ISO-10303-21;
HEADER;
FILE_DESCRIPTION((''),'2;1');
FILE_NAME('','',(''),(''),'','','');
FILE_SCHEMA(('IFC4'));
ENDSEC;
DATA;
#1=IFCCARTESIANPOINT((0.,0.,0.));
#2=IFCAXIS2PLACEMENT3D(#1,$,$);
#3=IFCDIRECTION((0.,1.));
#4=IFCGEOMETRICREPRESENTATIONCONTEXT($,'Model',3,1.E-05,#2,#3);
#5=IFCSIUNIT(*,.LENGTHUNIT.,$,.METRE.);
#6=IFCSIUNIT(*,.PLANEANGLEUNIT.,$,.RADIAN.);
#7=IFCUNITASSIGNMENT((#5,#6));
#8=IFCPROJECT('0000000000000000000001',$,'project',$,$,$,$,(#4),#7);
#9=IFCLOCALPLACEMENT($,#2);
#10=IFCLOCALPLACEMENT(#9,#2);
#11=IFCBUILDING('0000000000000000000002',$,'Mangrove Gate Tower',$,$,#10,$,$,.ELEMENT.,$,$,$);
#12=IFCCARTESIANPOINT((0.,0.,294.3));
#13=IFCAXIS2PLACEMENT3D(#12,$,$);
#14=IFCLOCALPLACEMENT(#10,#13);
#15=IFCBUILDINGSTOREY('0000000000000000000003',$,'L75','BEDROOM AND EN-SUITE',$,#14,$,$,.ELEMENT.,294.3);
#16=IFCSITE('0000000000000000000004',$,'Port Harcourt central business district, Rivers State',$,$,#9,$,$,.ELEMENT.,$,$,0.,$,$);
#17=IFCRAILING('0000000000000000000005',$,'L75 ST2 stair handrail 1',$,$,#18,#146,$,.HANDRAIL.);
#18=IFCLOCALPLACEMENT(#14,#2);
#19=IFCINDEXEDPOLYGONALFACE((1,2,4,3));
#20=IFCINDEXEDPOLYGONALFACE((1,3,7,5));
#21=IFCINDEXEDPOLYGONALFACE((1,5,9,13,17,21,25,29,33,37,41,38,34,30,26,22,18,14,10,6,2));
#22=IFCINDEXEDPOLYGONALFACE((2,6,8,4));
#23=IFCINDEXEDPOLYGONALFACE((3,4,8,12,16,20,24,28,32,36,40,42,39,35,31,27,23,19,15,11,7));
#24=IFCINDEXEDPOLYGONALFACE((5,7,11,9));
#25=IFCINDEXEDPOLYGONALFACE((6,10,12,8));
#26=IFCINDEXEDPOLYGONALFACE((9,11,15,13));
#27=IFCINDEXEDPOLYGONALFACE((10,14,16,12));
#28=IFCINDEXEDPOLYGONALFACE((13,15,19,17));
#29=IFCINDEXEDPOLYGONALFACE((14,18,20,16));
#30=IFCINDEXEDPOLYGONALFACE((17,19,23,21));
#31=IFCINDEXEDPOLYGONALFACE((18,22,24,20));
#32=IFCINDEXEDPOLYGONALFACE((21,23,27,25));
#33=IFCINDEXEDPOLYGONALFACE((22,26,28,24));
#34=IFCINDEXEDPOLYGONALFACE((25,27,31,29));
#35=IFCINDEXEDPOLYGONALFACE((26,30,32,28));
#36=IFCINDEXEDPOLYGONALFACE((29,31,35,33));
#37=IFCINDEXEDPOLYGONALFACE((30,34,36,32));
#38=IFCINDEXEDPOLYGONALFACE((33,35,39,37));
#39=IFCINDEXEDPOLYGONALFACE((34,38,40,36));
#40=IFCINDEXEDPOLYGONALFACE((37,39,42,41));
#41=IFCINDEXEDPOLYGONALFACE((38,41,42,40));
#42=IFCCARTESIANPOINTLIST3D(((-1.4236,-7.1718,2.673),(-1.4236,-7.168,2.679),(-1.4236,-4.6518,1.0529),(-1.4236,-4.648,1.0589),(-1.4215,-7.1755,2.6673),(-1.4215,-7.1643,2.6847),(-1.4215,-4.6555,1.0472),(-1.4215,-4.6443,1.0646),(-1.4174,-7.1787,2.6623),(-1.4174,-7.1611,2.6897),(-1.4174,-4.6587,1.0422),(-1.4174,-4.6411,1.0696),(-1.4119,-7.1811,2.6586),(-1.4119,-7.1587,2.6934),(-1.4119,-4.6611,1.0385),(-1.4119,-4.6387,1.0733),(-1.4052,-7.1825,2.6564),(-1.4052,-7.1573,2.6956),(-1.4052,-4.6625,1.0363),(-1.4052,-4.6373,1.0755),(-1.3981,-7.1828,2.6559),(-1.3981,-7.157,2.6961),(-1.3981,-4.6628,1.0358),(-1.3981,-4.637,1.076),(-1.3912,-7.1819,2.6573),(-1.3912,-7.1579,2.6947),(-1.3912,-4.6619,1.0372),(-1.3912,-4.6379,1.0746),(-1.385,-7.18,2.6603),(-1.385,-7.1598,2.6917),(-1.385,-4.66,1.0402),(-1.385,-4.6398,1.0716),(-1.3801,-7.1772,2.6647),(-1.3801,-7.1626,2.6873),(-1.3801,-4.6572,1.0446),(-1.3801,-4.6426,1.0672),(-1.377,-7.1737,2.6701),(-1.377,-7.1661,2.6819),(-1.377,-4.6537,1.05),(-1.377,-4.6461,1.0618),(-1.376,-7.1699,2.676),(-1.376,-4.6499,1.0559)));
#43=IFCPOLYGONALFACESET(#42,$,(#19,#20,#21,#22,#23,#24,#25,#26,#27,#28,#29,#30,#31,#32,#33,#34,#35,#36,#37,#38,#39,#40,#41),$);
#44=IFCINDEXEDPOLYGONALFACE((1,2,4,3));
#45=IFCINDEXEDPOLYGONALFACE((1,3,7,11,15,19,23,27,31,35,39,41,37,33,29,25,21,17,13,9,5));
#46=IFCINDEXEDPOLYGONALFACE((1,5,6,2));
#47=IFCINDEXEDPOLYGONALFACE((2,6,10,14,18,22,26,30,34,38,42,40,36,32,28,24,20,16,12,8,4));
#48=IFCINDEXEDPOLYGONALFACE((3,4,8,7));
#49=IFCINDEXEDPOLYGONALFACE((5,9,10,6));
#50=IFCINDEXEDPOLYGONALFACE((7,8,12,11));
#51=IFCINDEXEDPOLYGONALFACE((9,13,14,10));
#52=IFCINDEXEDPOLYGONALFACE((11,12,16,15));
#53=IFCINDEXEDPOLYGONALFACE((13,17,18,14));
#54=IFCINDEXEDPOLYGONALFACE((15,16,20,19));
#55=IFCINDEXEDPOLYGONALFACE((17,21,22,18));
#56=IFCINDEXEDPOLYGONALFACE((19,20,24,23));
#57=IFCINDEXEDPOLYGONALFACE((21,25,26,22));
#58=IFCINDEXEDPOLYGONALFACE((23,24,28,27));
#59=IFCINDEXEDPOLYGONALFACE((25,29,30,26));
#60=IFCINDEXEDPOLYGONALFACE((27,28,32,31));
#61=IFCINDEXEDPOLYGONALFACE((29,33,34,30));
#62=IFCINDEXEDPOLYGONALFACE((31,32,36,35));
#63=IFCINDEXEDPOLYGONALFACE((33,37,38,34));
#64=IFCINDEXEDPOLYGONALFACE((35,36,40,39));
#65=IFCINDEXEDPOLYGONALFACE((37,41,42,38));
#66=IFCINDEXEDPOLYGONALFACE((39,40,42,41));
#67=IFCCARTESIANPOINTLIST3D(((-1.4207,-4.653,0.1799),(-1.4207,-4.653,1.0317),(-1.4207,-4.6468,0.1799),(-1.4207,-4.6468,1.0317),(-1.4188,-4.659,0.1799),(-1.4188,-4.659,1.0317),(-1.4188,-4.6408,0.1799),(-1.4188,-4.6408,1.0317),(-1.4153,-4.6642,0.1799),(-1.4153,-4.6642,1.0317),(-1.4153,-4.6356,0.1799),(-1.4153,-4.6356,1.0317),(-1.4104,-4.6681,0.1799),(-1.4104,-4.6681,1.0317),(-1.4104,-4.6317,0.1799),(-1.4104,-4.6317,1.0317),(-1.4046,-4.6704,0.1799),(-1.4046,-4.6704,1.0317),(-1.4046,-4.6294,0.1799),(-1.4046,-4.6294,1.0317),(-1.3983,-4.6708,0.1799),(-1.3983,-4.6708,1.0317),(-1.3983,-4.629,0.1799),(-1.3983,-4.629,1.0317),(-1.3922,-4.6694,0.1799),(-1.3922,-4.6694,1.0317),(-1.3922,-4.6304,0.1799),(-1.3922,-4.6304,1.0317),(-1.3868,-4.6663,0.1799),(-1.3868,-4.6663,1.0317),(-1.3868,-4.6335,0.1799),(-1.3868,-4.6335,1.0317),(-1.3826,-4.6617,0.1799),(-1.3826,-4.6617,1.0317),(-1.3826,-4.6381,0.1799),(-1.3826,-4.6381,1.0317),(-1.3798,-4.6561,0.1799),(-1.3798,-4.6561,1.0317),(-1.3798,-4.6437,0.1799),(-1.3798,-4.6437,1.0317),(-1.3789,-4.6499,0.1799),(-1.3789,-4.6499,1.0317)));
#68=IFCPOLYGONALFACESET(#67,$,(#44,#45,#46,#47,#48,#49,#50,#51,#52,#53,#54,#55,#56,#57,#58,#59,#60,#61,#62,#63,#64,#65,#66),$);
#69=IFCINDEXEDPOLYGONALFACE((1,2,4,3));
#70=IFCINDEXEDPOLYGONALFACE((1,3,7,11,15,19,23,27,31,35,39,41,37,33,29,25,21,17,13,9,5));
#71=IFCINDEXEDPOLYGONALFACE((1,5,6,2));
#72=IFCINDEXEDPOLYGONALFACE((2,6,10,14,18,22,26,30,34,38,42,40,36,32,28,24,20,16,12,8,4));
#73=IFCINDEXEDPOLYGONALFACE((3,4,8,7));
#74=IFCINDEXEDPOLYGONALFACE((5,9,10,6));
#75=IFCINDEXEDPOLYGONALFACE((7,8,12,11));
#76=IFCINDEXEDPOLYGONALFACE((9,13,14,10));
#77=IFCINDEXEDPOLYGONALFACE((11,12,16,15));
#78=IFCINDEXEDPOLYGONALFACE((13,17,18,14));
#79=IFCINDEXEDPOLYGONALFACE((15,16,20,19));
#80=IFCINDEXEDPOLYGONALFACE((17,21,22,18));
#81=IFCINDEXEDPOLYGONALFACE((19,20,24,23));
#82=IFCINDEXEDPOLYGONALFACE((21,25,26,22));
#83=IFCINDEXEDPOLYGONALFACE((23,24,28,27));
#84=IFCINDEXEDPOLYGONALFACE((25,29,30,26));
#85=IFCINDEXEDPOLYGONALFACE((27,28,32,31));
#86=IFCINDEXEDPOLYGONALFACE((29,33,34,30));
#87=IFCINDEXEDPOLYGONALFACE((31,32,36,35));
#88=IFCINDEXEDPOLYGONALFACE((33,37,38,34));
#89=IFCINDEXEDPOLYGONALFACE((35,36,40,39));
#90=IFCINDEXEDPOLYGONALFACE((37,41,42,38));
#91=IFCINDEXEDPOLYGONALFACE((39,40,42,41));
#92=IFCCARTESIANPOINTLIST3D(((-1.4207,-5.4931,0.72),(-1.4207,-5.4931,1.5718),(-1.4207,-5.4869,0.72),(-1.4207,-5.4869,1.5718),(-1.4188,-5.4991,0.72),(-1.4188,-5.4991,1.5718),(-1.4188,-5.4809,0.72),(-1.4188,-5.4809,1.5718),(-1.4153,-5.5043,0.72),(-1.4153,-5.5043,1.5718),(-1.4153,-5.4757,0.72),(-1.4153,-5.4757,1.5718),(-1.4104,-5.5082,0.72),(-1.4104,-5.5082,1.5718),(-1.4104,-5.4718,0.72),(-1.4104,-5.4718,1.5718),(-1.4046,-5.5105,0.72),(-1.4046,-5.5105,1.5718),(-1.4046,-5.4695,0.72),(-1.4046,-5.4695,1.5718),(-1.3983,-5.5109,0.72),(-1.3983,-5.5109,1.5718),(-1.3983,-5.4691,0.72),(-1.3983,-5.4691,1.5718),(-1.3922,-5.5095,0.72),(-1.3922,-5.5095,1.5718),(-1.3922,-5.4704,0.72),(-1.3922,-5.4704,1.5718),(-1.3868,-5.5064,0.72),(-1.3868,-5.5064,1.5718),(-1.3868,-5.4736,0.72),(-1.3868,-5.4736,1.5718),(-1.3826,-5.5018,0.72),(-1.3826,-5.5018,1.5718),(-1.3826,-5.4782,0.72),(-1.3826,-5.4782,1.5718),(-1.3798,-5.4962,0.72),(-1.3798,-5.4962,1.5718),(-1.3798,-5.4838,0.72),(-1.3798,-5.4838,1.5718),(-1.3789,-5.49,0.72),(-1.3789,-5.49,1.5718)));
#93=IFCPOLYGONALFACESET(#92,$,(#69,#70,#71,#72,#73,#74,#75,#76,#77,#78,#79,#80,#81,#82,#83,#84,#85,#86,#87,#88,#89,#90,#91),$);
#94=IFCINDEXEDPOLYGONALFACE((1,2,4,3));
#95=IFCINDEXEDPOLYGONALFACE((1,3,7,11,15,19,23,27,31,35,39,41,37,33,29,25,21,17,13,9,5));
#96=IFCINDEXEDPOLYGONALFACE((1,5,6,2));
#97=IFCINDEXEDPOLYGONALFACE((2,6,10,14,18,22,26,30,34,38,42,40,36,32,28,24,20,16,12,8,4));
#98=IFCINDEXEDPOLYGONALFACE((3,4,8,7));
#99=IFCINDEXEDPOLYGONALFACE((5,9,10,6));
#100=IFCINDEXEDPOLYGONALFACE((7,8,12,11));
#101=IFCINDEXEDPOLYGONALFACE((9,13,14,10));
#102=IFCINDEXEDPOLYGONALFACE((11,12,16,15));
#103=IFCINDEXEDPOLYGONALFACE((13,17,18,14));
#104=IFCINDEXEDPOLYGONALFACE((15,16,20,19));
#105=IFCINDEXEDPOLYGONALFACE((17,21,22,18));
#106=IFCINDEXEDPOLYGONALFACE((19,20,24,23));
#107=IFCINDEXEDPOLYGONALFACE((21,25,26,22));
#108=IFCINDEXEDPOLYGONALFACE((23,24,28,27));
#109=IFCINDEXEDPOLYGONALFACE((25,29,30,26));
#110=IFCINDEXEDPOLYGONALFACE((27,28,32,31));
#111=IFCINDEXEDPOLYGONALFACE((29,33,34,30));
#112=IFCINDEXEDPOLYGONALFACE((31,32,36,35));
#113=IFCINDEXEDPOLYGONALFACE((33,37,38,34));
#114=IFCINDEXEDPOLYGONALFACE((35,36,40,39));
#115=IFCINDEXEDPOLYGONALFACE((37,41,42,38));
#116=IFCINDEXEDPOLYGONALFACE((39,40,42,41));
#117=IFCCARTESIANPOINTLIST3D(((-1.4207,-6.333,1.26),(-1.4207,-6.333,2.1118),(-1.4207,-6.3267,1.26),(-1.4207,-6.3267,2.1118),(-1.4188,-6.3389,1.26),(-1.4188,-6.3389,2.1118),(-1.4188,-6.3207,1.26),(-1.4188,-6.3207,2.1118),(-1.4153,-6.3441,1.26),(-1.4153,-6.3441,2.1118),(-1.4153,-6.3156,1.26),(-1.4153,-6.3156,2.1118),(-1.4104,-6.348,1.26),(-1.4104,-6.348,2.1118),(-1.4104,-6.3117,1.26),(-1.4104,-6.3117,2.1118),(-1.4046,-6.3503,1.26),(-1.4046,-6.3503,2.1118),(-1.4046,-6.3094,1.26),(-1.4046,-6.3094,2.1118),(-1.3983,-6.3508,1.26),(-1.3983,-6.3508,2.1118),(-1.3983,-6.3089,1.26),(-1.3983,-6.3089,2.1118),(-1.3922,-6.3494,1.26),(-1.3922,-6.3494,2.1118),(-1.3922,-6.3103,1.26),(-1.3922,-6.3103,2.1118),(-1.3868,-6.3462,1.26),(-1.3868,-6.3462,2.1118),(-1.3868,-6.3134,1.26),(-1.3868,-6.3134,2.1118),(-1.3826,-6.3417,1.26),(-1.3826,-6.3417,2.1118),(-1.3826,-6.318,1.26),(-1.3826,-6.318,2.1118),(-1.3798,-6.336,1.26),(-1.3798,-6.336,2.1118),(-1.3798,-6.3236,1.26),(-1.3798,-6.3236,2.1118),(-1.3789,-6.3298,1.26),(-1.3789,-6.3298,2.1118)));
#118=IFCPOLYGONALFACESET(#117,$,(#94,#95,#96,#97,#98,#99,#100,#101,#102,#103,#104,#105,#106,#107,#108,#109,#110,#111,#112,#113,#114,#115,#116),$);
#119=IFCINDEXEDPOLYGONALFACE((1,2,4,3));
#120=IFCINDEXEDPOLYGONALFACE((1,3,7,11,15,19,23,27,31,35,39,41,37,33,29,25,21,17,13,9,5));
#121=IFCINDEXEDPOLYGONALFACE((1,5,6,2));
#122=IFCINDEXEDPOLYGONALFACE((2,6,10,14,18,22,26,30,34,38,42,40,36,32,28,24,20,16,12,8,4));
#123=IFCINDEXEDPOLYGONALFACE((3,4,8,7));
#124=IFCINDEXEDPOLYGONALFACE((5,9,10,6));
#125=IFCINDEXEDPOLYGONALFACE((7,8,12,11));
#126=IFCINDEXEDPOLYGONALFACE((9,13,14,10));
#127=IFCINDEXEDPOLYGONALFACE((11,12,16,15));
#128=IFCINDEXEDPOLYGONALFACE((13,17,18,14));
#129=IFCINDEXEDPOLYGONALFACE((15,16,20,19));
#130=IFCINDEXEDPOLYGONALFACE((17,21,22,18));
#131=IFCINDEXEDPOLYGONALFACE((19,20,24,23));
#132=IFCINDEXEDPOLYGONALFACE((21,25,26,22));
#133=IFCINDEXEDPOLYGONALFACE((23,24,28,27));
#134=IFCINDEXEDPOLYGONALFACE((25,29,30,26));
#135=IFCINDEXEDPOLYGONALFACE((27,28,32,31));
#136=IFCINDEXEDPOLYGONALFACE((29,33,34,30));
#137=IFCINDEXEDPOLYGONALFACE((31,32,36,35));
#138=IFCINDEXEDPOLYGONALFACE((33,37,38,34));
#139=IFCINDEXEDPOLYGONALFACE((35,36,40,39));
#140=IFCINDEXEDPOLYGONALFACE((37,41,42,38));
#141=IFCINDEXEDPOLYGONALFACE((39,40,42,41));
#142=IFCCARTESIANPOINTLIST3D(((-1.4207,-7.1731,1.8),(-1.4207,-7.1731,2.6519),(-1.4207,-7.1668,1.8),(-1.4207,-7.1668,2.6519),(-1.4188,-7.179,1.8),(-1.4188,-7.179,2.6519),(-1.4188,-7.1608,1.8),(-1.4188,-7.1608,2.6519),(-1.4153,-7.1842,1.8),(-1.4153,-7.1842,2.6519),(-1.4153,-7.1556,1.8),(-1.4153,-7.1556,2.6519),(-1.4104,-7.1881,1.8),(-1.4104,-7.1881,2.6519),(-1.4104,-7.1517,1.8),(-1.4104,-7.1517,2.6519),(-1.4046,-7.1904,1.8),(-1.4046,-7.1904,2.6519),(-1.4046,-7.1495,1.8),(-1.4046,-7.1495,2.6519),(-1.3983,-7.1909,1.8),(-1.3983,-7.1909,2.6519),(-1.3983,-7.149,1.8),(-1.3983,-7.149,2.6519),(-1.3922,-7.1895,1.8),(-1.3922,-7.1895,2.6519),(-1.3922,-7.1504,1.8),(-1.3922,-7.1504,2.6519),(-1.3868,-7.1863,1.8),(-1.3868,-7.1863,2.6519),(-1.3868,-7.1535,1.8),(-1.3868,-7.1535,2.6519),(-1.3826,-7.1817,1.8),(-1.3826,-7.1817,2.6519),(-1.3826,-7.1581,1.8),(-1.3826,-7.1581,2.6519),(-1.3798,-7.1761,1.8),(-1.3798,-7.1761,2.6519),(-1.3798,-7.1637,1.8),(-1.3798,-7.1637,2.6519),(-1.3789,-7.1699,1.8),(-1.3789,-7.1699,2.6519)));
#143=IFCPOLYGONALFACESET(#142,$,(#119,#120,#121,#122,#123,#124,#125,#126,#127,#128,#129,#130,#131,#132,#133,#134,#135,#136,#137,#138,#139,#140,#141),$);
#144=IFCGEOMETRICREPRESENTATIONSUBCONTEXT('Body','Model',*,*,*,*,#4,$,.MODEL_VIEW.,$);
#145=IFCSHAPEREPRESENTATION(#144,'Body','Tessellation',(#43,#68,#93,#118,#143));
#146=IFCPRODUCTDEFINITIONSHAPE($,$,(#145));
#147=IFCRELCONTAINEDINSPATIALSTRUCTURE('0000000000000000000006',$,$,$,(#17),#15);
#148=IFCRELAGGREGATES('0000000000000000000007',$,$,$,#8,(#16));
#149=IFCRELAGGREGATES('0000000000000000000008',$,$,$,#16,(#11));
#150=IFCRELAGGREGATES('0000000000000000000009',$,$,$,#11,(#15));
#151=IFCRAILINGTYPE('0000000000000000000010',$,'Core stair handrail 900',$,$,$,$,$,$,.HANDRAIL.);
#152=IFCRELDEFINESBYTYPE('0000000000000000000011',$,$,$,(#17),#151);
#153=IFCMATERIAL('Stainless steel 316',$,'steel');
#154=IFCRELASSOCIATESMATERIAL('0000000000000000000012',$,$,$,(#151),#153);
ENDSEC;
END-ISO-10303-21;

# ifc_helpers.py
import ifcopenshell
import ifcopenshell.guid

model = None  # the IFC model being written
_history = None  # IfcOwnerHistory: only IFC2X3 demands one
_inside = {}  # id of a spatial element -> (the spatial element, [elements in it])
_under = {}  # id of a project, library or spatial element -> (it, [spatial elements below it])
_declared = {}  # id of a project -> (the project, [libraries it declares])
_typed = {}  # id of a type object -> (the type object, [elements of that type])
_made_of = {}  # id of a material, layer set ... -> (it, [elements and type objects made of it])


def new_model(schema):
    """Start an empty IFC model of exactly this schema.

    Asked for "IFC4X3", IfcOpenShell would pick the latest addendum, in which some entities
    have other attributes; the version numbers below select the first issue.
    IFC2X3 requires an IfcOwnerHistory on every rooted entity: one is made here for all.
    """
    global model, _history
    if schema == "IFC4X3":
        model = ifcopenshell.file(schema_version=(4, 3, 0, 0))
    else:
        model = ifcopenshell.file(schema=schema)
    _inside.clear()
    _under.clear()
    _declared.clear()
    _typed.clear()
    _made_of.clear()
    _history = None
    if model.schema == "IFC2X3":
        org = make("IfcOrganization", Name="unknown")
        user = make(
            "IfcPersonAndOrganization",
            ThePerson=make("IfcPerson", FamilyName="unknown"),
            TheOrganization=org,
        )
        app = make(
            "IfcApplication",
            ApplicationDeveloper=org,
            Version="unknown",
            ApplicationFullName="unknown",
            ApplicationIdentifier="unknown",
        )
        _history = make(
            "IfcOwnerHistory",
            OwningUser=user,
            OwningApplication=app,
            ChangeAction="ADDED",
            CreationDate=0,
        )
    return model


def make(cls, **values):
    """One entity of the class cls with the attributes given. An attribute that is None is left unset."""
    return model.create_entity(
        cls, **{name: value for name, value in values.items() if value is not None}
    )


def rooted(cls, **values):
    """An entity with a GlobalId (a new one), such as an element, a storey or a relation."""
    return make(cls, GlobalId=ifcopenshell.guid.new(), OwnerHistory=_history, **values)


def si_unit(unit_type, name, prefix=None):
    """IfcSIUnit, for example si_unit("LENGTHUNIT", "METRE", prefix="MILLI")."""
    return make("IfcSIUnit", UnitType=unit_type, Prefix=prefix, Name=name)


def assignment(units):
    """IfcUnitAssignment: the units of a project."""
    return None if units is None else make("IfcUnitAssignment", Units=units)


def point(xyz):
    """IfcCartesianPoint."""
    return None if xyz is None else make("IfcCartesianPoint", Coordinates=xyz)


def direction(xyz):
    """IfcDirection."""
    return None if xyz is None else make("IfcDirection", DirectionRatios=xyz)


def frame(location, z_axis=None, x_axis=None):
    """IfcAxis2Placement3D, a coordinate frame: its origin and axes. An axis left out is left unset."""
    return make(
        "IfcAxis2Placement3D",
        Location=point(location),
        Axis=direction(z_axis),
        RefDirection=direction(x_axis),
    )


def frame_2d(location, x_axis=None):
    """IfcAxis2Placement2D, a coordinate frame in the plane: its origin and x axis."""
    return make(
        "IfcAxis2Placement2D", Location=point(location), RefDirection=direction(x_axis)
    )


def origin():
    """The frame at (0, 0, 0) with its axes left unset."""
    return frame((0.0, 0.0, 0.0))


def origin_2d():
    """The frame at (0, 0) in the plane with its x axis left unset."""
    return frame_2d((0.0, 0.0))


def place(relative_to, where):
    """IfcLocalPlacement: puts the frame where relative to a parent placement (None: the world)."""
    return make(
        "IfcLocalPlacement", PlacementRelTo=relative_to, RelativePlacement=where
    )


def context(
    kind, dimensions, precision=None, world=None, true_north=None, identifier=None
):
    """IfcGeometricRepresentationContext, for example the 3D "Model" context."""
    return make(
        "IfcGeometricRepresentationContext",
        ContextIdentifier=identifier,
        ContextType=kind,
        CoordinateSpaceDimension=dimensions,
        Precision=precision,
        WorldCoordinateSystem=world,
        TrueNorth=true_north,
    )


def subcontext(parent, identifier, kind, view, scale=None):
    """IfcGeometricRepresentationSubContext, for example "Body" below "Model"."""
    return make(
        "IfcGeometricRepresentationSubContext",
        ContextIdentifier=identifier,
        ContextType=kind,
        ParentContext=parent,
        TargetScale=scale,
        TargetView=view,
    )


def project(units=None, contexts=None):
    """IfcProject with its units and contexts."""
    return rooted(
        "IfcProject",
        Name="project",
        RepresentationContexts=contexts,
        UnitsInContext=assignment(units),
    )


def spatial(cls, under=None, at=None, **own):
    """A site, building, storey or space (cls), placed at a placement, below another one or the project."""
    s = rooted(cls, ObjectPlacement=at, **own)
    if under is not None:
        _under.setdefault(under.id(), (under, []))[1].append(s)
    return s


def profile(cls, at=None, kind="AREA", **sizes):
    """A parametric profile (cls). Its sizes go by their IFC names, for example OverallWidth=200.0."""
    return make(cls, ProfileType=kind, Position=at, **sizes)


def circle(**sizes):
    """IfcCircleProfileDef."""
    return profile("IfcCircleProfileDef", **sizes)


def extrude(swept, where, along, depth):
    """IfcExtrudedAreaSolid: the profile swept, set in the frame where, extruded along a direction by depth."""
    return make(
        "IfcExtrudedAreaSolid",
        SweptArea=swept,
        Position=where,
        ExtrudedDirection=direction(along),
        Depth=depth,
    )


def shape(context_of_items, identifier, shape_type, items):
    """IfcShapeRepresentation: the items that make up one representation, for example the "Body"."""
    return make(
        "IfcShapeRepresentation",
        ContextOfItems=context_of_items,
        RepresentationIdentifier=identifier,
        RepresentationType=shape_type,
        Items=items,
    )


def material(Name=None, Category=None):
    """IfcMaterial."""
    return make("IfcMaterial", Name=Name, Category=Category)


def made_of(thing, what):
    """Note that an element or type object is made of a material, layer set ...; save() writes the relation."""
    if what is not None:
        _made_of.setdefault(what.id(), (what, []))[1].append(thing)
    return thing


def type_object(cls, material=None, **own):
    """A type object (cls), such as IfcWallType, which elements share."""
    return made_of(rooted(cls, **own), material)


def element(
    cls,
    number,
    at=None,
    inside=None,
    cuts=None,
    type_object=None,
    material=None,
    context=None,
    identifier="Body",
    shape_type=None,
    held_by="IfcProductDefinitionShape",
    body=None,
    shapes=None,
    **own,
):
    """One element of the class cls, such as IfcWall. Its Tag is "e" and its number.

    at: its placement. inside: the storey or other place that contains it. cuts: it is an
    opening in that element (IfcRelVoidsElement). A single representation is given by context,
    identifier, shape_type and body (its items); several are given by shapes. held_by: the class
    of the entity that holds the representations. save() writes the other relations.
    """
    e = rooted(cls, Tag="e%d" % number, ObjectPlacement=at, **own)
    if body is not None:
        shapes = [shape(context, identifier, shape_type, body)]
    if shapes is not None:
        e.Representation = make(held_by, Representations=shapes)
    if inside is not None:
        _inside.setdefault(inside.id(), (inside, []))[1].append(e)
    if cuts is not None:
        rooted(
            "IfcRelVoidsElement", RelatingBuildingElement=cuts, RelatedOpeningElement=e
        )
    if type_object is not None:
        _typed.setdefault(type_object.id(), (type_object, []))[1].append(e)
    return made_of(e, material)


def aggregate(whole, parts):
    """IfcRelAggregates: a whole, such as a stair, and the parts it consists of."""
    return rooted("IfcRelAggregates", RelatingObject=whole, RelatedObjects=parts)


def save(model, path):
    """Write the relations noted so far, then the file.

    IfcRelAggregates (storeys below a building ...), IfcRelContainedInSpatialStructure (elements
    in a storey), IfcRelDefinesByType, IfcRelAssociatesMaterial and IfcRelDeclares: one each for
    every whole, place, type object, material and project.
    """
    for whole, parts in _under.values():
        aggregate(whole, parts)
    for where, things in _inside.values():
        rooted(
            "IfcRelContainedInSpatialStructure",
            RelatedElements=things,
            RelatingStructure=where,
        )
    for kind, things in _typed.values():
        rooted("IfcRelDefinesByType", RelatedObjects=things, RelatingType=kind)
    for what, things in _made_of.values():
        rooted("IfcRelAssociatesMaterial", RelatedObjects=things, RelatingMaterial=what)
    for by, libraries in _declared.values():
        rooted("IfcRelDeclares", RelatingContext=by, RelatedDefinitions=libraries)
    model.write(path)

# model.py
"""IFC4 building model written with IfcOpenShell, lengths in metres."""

from ifc_helpers import new_model, si_unit, direction, frame, origin, origin_2d, place, context, subcontext, project, spatial, circle, extrude, material, type_object, element, save


model = new_model("IFC4")

# Units and contexts
model_context = context("Model", 3, precision=1e-05, world=origin(), true_north=direction((0.0, 1.0)))
body_context = subcontext(model_context, "Body", "Model", "MODEL_VIEW")
ifc_project = project(units=[si_unit("LENGTHUNIT", "METRE"), si_unit("PLANEANGLEUNIT", "RADIAN")], contexts=[model_context])

# Site, building, storey
site_placement = place(None, origin())
site = spatial("IfcSite", under=ifc_project, at=site_placement, Name="Port Harcourt central business district, Rivers State", CompositionType="ELEMENT", RefElevation=0.0)
building_placement = place(site_placement, origin())
building = spatial("IfcBuilding", under=site, at=building_placement, Name="Mangrove Gate Tower", CompositionType="ELEMENT")
storey_placement = place(building_placement, frame((0.0, 0.0, 294.3)))
storey = spatial("IfcBuildingStorey", under=building, at=storey_placement, Name="L75", Description="BEDROOM AND EN-SUITE", CompositionType="ELEMENT", Elevation=294.3)

# Railing
ifc_material_1 = material(Name="Stainless steel 316", Category="steel")
railing_type_1 = type_object("IfcRailingType", Name="Core stair handrail 900", PredefinedType="HANDRAIL", material=ifc_material_1)
railing_1_placement = place(storey_placement, frame((-1.3999, -4.6499, 0.1799)))
element("IfcRailing", 1, at=railing_1_placement, inside=storey, type_object=railing_type_1, Name="L75 ST2 stair handrail 1", PredefinedType="HANDRAIL", context=body_context, shape_type="SweptSolid", body=[
    extrude(circle(Radius=0.0239, at=origin_2d()), frame((0.0, 0.0, 0.876), z_axis=(0.0, -0.841163, 0.540782), x_axis=(1.0, 0.0, 0.0)), (0.0, 0.0, 1.0), 2.9958),
    extrude(circle(Radius=0.021, at=origin_2d()), origin(), (0.0, 0.0, 1.0), 0.8518),
    extrude(circle(Radius=0.021, at=origin_2d()), frame((0.0, -0.8401, 0.54)), (0.0, 0.0, 1.0), 0.8518),
    extrude(circle(Radius=0.021, at=origin_2d()), frame((0.0, -1.6799, 1.0801)), (0.0, 0.0, 1.0), 0.8518),
    extrude(circle(Radius=0.021, at=origin_2d()), frame((0.0, -2.52, 1.6201)), (0.0, 0.0, 1.0), 0.8518),
])

save(model, "model.ifc")
